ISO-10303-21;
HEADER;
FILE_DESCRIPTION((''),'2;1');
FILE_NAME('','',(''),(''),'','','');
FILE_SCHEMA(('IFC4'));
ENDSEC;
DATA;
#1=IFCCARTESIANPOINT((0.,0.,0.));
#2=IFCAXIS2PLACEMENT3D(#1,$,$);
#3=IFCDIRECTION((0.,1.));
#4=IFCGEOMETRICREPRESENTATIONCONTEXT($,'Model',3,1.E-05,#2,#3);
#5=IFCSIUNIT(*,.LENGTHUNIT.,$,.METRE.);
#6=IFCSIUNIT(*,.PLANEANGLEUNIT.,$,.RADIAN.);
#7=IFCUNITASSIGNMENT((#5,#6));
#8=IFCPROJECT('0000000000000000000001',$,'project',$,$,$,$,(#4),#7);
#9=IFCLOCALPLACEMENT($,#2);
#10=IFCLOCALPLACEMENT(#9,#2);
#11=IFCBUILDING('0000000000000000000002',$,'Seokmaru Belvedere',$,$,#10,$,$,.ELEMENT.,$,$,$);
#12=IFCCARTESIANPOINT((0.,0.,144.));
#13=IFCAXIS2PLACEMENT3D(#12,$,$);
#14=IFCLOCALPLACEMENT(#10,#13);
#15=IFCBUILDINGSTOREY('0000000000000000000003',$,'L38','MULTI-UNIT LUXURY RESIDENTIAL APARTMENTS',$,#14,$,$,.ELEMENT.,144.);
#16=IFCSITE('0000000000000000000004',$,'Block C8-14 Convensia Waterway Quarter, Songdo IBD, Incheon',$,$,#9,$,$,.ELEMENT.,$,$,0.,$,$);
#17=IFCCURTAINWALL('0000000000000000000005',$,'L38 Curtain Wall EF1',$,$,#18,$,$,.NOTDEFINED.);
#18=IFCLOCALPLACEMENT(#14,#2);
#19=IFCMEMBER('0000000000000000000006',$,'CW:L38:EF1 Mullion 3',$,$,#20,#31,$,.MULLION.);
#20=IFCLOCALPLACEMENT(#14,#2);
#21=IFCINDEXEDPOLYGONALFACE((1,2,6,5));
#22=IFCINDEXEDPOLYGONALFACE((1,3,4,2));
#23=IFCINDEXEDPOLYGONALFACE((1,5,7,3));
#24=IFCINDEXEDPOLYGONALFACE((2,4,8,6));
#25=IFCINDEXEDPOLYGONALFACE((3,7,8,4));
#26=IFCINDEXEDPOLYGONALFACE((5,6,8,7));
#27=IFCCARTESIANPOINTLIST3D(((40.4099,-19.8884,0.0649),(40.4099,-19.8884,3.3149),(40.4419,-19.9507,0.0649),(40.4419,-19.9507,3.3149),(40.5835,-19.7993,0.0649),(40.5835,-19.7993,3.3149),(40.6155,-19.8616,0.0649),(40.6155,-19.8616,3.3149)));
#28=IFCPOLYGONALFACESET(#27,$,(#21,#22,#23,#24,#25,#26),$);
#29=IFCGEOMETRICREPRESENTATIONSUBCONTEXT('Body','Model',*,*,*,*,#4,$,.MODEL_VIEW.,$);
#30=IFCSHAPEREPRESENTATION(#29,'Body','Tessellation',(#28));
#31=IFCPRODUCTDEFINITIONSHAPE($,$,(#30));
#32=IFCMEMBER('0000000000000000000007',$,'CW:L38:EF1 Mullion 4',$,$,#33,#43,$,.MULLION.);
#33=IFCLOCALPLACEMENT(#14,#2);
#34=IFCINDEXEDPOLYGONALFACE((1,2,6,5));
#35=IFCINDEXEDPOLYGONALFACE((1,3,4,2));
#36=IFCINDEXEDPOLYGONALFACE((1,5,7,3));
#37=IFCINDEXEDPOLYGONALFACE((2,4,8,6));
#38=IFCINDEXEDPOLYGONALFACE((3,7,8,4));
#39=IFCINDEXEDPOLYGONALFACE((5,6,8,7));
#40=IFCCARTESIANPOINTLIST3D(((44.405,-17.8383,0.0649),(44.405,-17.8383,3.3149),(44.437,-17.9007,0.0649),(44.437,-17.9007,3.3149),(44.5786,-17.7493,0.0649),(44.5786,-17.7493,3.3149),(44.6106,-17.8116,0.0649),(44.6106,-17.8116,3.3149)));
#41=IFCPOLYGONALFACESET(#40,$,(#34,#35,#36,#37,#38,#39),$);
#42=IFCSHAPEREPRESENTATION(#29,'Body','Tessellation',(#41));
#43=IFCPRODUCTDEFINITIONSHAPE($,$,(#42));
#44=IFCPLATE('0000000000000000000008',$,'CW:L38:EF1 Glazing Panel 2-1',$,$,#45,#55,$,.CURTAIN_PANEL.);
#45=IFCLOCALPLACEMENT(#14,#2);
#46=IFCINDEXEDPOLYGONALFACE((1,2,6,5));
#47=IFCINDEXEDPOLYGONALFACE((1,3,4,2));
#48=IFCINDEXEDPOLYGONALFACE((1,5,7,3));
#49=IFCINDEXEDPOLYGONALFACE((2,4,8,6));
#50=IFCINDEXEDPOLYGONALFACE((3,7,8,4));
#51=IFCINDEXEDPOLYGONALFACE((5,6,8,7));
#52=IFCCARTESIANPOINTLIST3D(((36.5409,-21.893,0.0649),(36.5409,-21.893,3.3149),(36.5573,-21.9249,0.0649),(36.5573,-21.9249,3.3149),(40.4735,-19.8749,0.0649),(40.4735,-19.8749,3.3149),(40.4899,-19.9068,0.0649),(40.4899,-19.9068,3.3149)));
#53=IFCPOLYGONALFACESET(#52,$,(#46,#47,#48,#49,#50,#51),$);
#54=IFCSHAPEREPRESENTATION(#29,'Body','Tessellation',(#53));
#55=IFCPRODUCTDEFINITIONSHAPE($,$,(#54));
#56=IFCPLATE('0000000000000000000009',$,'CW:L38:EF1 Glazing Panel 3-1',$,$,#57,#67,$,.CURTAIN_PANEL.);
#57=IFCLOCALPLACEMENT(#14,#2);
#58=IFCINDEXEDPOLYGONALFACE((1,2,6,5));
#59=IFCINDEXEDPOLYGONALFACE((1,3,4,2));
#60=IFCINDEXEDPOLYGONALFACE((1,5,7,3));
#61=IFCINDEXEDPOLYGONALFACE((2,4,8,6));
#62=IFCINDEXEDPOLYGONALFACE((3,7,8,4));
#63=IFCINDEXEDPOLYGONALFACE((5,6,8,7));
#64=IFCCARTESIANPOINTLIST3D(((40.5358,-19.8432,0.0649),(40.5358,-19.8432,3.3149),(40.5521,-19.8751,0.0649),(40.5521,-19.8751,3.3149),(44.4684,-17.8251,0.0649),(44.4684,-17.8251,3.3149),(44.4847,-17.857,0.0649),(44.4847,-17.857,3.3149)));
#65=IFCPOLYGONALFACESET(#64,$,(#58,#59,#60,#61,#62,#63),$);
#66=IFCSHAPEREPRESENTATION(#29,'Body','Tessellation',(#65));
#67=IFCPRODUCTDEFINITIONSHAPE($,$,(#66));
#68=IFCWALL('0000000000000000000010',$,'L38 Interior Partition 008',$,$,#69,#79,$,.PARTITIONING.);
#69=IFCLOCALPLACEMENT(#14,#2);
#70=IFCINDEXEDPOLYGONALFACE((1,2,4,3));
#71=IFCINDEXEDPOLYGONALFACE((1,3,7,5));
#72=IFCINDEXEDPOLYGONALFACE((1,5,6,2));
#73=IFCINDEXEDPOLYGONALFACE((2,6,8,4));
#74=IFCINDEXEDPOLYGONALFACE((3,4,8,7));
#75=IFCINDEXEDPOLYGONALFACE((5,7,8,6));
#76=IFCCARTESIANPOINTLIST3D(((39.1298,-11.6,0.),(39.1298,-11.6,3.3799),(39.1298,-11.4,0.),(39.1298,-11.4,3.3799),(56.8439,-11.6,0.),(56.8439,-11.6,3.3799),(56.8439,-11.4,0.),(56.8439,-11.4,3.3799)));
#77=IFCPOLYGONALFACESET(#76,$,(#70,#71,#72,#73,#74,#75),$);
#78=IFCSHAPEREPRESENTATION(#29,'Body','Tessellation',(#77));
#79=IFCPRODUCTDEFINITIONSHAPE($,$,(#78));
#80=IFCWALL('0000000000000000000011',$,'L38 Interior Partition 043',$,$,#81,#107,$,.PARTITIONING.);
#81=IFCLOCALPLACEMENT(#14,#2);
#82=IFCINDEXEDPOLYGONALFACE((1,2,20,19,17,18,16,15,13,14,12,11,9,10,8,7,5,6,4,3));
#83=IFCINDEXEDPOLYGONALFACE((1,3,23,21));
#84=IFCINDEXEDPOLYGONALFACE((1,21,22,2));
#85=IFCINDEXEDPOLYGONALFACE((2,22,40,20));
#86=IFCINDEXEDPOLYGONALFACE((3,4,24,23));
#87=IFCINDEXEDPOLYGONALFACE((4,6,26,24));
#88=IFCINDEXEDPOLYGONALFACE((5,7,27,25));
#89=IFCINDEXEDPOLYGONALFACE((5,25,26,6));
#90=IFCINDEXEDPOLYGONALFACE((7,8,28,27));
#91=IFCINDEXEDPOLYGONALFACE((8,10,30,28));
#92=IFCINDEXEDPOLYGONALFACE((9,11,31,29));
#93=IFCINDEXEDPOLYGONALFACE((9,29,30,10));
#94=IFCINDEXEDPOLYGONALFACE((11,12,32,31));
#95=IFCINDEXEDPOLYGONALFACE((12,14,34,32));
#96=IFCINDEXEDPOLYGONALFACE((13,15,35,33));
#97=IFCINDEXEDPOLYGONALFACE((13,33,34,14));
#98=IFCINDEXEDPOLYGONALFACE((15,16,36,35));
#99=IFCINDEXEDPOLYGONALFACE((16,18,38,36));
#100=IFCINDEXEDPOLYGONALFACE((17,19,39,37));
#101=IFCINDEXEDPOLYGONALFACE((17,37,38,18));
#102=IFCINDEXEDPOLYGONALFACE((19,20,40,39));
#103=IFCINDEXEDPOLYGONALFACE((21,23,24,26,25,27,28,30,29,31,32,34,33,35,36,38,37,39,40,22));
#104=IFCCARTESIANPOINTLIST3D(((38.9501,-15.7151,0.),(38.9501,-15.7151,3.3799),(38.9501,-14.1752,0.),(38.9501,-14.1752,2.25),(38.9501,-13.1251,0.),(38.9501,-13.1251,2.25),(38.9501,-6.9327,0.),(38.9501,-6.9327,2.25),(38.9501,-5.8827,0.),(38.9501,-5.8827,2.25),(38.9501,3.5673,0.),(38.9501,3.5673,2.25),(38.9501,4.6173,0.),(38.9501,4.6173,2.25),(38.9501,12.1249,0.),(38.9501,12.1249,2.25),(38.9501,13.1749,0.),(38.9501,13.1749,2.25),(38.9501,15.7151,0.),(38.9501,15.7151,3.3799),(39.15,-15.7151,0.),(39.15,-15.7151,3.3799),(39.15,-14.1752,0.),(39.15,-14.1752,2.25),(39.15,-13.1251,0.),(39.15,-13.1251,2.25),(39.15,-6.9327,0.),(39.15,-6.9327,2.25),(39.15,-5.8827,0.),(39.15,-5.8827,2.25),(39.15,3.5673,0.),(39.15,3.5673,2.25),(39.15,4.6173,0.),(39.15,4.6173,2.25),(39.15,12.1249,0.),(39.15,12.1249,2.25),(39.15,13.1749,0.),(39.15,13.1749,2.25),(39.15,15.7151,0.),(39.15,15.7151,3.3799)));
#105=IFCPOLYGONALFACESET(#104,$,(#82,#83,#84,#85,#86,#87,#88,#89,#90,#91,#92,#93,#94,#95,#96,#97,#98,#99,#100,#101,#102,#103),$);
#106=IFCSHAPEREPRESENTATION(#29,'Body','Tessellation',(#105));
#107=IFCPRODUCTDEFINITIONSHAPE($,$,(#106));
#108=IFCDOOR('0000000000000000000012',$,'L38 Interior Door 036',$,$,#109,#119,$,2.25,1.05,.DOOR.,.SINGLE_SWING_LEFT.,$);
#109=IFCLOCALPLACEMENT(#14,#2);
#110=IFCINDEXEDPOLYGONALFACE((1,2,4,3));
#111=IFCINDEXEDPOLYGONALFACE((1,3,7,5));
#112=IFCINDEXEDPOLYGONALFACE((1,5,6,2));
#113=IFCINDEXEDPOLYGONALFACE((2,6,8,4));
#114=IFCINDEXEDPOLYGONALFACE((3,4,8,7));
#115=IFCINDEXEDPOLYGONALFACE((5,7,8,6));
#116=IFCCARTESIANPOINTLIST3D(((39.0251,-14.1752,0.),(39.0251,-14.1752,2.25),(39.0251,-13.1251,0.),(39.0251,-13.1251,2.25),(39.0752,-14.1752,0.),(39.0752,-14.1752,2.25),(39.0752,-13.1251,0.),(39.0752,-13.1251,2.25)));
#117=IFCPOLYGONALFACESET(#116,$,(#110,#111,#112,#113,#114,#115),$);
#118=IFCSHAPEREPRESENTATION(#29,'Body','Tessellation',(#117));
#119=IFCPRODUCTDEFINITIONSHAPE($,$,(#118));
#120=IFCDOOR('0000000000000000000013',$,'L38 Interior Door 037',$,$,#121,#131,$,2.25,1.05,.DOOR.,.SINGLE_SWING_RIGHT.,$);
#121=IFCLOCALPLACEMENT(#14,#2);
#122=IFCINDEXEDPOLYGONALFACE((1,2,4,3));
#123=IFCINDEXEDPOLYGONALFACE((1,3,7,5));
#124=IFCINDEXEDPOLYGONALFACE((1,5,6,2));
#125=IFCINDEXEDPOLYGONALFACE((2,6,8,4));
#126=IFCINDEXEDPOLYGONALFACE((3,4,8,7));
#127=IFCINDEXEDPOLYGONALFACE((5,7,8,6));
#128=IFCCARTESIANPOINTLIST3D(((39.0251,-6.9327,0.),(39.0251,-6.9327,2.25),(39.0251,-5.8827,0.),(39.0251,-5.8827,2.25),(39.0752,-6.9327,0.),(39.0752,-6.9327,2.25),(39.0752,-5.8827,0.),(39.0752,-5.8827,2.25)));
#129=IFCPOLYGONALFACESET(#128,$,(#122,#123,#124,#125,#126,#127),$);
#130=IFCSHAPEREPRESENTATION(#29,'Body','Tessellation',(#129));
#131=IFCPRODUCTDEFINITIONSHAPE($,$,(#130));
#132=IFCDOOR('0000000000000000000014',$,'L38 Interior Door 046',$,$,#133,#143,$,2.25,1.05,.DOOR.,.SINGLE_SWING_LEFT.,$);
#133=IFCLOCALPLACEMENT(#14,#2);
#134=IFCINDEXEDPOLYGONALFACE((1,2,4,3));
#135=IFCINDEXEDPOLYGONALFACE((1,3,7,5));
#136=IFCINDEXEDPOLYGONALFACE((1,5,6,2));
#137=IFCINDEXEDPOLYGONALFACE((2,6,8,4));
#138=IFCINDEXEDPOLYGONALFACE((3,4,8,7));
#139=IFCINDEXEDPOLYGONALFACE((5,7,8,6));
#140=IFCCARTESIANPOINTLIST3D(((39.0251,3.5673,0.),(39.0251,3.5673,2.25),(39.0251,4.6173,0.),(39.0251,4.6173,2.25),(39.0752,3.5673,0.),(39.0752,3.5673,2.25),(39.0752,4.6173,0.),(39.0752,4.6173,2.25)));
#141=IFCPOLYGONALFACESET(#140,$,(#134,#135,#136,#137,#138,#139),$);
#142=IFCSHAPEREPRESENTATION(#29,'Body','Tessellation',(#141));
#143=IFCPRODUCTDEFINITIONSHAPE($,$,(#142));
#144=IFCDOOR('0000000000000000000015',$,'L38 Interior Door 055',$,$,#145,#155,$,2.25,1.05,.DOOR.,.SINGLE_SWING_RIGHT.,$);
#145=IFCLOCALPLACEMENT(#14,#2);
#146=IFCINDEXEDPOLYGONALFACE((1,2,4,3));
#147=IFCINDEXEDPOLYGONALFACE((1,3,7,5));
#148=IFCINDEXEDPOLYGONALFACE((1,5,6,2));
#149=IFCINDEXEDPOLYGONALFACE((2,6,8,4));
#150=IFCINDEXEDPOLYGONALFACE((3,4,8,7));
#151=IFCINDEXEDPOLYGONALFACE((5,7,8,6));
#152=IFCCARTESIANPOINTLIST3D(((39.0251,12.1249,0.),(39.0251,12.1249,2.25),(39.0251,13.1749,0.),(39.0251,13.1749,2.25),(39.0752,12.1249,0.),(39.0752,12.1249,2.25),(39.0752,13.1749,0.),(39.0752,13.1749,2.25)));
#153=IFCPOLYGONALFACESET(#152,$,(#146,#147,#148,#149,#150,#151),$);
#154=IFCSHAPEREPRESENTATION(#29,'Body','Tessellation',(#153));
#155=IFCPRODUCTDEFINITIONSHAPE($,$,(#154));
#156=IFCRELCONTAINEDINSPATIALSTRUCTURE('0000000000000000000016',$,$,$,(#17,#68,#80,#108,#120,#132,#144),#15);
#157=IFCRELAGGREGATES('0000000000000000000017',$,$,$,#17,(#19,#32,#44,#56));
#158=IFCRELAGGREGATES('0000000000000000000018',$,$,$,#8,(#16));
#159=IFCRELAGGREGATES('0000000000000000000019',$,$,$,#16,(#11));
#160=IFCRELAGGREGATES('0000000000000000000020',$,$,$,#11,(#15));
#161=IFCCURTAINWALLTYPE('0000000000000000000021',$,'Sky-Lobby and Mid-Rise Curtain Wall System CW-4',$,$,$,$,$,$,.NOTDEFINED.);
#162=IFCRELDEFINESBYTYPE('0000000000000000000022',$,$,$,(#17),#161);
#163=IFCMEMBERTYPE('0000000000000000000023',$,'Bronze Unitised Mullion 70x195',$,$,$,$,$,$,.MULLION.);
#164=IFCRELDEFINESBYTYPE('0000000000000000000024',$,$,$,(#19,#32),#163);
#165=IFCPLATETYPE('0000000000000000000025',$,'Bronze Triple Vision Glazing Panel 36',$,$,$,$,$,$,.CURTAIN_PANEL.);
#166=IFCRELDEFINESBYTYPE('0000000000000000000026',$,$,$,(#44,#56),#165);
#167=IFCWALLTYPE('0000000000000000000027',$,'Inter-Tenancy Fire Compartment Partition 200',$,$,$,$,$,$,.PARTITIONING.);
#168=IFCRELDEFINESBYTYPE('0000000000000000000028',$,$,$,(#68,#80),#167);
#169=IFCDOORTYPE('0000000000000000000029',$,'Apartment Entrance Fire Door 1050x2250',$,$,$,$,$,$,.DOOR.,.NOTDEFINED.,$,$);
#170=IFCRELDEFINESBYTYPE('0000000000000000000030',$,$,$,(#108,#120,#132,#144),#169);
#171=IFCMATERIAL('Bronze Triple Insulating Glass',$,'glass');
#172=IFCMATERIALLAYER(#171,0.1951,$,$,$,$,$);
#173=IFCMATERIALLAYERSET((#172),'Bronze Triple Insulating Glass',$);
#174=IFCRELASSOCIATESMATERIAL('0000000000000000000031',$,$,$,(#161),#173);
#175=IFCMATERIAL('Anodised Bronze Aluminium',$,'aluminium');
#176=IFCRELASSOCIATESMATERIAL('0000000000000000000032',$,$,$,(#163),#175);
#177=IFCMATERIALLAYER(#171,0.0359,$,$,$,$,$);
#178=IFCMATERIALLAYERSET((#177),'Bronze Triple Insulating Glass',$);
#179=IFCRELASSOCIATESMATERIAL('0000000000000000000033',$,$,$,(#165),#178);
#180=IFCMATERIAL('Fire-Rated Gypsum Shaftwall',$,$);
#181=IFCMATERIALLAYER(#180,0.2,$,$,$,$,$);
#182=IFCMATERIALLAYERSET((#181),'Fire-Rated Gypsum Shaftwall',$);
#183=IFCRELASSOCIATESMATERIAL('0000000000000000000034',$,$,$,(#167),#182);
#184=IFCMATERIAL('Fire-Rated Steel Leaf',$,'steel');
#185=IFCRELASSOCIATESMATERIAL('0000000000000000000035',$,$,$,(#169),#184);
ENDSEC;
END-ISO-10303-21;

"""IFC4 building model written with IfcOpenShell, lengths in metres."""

from ifc_helpers import new_model, si_unit, direction, frame, frame_2d, origin, origin_2d, place, context, subcontext, project, spatial, rectangle, extrude, source, transform, mapped, material, layer, layer_set, material_profile, profile_set, type_object, type_shapes, element, fill, aggregate, save


model = new_model("IFC4")

# Units and contexts
model_context = context("Model", 3, precision=1e-05, world=origin(), true_north=direction((0.0, 1.0)))
body_context = subcontext(model_context, "Body", "Model", "MODEL_VIEW")
ifc_project = project(units=[si_unit("LENGTHUNIT", "METRE"), si_unit("PLANEANGLEUNIT", "RADIAN")], contexts=[model_context])

# Site, building, storey
site_placement = place(None, origin())
site = spatial("IfcSite", under=ifc_project, at=site_placement, Name="Block C8-14 Convensia Waterway Quarter, Songdo IBD, Incheon", CompositionType="ELEMENT", RefElevation=0.0)
building_placement = place(site_placement, origin())
building = spatial("IfcBuilding", under=site, at=building_placement, Name="Seokmaru Belvedere", CompositionType="ELEMENT")
storey_placement = place(building_placement, frame((0.0, 0.0, 144.0)))
storey = spatial("IfcBuildingStorey", under=building, at=storey_placement, Name="L38", Description="MULTI-UNIT LUXURY RESIDENTIAL APARTMENTS", CompositionType="ELEMENT", Elevation=144.0)

# Curtain wall, members, plates
ifc_material_1 = material(Name="Bronze Triple Insulating Glass", Category="glass")
ifc_layer_1 = layer(ifc_material_1, 0.1951)
ifc_layer_set_1 = layer_set([ifc_layer_1], Name="Bronze Triple Insulating Glass")
curtain_wall_type = type_object("IfcCurtainWallType", Name="Sky-Lobby and Mid-Rise Curtain Wall System CW-4", PredefinedType="NOTDEFINED", material=ifc_layer_set_1)
curtain_wall_placement = place(storey_placement, origin())
curtain_wall = element("IfcCurtainWall", 1, at=curtain_wall_placement, inside=storey, type_object=curtain_wall_type, Name="L38 Curtain Wall EF1", PredefinedType="NOTDEFINED")
ifc_material_2 = material(Name="Anodised Bronze Aluminium", Category="aluminium")
ifc_material_profile_1 = material_profile(ifc_material_2, rectangle(XDim=0.0701, YDim=0.1951, at=origin_2d()), Name="CW-M-70x195")
ifc_profile_set_1 = profile_set([ifc_material_profile_1], Name="Anodised Bronze Aluminium")
member_type = type_object("IfcMemberType", Name="Bronze Unitised Mullion 70x195", PredefinedType="MULLION", material=ifc_profile_set_1)
shared_shape_1 = source(origin(), body_context, "Body", "SweptSolid", [
    extrude(rectangle(XDim=0.0701, YDim=0.1951, at=origin_2d()), origin(), (0.0, 0.0, 1.0), 3.25),
])
type_shapes(member_type, [shared_shape_1])
member_1_placement = place(storey_placement, frame((40.5127, -19.875, 0.0649), z_axis=(0.0, 0.0, 1.0), x_axis=(-0.456555, 0.889695, 0.0)))
member_1 = element("IfcMember", 2, at=member_1_placement, type_object=member_type, Name="CW:L38:EF1 Mullion 3", PredefinedType="MULLION", context=body_context, shape_type="MappedRepresentation", body=[
    mapped(shared_shape_1, transform((0.0, 0.0, 0.0), scale=1.0)),
])
member_2_placement = place(storey_placement, frame((44.5078, -17.825, 0.0649), z_axis=(0.0, 0.0, 1.0), x_axis=(-0.456555, 0.889695, 0.0)))
member_2 = element("IfcMember", 3, at=member_2_placement, type_object=member_type, Name="CW:L38:EF1 Mullion 4", PredefinedType="MULLION", context=body_context, shape_type="MappedRepresentation", body=[
    mapped(shared_shape_1, transform((0.0, 0.0, 0.0), scale=1.0)),
])
ifc_layer_2 = layer(ifc_material_1, 0.0359)
ifc_layer_set_2 = layer_set([ifc_layer_2], Name="Bronze Triple Insulating Glass")
plate_type = type_object("IfcPlateType", Name="Bronze Triple Vision Glazing Panel 36", PredefinedType="CURTAIN_PANEL", material=ifc_layer_set_2)
shared_shape_2 = source(origin(), body_context, "Body", "SweptSolid", [
    extrude(rectangle(XDim=4.4202, YDim=0.0359, at=origin_2d()), origin(), (0.0, 0.0, 1.0), 3.25),
])
type_shapes(plate_type, [shared_shape_2])
plate_1_placement = place(storey_placement, frame((38.5154, -20.8999, 0.0649), z_axis=(0.0, 0.0, 1.0), x_axis=(0.889695, 0.456555, 0.0)))
plate_1 = element("IfcPlate", 4, at=plate_1_placement, type_object=plate_type, Name="CW:L38:EF1 Glazing Panel 2-1", PredefinedType="CURTAIN_PANEL", context=body_context, shape_type="MappedRepresentation", body=[
    mapped(shared_shape_2, transform((0.0, 0.0, 0.0), scale=1.0)),
])
plate_2_placement = place(storey_placement, frame((42.5103, -18.8501, 0.0649), z_axis=(0.0, 0.0, 1.0), x_axis=(0.889695, 0.456555, 0.0)))
plate_2 = element("IfcPlate", 5, at=plate_2_placement, type_object=plate_type, Name="CW:L38:EF1 Glazing Panel 3-1", PredefinedType="CURTAIN_PANEL", context=body_context, shape_type="MappedRepresentation", body=[
    mapped(shared_shape_2, transform((0.0, 0.0, 0.0), scale=1.0)),
])
aggregate(curtain_wall, [member_1, member_2, plate_1, plate_2])

# Wall
ifc_material_3 = material(Name="Fire-Rated Gypsum Shaftwall")
ifc_layer_3 = layer(ifc_material_3, 0.2)
ifc_layer_set_3 = layer_set([ifc_layer_3], Name="Fire-Rated Gypsum Shaftwall")
wall_type_1 = type_object("IfcWallType", Name="Inter-Tenancy Fire Compartment Partition 200", PredefinedType="PARTITIONING", material=ifc_layer_set_3)
wall_1_placement = place(storey_placement, frame((39.1299, -11.5, 0.0), z_axis=(0.0, 0.0, 1.0), x_axis=(1.0, 0.0, 0.0)))
element("IfcWall", 6, at=wall_1_placement, inside=storey, type_object=wall_type_1, Name="L38 Interior Partition 008", PredefinedType="PARTITIONING", context=body_context, shape_type="SweptSolid", body=[
    extrude(rectangle(XDim=17.7141, YDim=0.2, at=frame_2d((8.8569, 0.0))), origin(), (0.0, 0.0, 1.0), 3.3799),
])

# Wall, openings, doors
wall_2_placement = place(storey_placement, frame((39.05, -15.7151, 0.0), z_axis=(0.0, 0.0, 1.0), x_axis=(0.0, 1.0, 0.0)))
wall_2 = element("IfcWall", 7, at=wall_2_placement, inside=storey, type_object=wall_type_1, Name="L38 Interior Partition 043", PredefinedType="PARTITIONING", context=body_context, shape_type="SweptSolid", body=[
    extrude(rectangle(XDim=31.4302, YDim=0.2, at=frame_2d((15.7151, 0.0))), origin(), (0.0, 0.0, 1.0), 3.3799),
])
opening_1_placement = place(wall_2_placement, frame((1.54, 0.0, 0.0)))
opening_1 = element("IfcOpeningElement", 8, at=opening_1_placement, cuts=wall_2, PredefinedType="OPENING", context=body_context, shape_type="SweptSolid", body=[
    extrude(rectangle(XDim=1.05, YDim=2.25, at=frame_2d((0.5249, 1.125))), frame((0.0, 0.1099, 0.0), z_axis=(0.0, -1.0, 0.0), x_axis=(1.0, 0.0, 0.0)), (0.0, 0.0, 1.0), 0.22),
])
opening_2_placement = place(wall_2_placement, frame((8.7825, 0.0, 0.0)))
opening_2 = element("IfcOpeningElement", 9, at=opening_2_placement, cuts=wall_2, PredefinedType="OPENING", context=body_context, shape_type="SweptSolid", body=[
    extrude(rectangle(XDim=1.05, YDim=2.25, at=frame_2d((0.5249, 1.125))), frame((0.0, 0.1099, 0.0), z_axis=(0.0, -1.0, 0.0), x_axis=(1.0, 0.0, 0.0)), (0.0, 0.0, 1.0), 0.22),
])
opening_3_placement = place(wall_2_placement, frame((19.2825, 0.0, 0.0)))
opening_3 = element("IfcOpeningElement", 10, at=opening_3_placement, cuts=wall_2, PredefinedType="OPENING", context=body_context, shape_type="SweptSolid", body=[
    extrude(rectangle(XDim=1.05, YDim=2.25, at=frame_2d((0.5249, 1.125))), frame((0.0, 0.1099, 0.0), z_axis=(0.0, -1.0, 0.0), x_axis=(1.0, 0.0, 0.0)), (0.0, 0.0, 1.0), 0.22),
])
opening_4_placement = place(wall_2_placement, frame((27.8401, 0.0, 0.0)))
opening_4 = element("IfcOpeningElement", 11, at=opening_4_placement, cuts=wall_2, PredefinedType="OPENING", context=body_context, shape_type="SweptSolid", body=[
    extrude(rectangle(XDim=1.05, YDim=2.25, at=frame_2d((0.5249, 1.125))), frame((0.0, 0.1099, 0.0), z_axis=(0.0, -1.0, 0.0), x_axis=(1.0, 0.0, 0.0)), (0.0, 0.0, 1.0), 0.22),
])
ifc_material_4 = material(Name="Fire-Rated Steel Leaf", Category="steel")
door_type_1 = type_object("IfcDoorType", Name="Apartment Entrance Fire Door 1050x2250", OperationType="NOTDEFINED", PredefinedType="DOOR", material=ifc_material_4)
shared_shape_3 = source(origin(), body_context, "Body", "SweptSolid", [
    extrude(rectangle(XDim=1.05, YDim=2.25, at=frame_2d((0.5249, 1.125))), frame((0.0, 0.0249, 0.0), z_axis=(0.0, -1.0, 0.0), x_axis=(1.0, 0.0, 0.0)), (0.0, 0.0, 1.0), 0.05),
])
type_shapes(door_type_1, [shared_shape_3])
door_1_placement = place(opening_1_placement, origin())
door_1 = element("IfcDoor", 12, at=door_1_placement, inside=storey, type_object=door_type_1, Name="L38 Interior Door 036", OperationType="SINGLE_SWING_LEFT", OverallHeight=2.25, OverallWidth=1.05, PredefinedType="DOOR", context=body_context, shape_type="MappedRepresentation", body=[
    mapped(shared_shape_3, transform((0.0, 0.0, 0.0), scale=1.0)),
])
fill(opening_1, door_1)
door_2_placement = place(opening_2_placement, origin())
door_2 = element("IfcDoor", 13, at=door_2_placement, inside=storey, type_object=door_type_1, Name="L38 Interior Door 037", OperationType="SINGLE_SWING_RIGHT", OverallHeight=2.25, OverallWidth=1.05, PredefinedType="DOOR", context=body_context, shape_type="MappedRepresentation", body=[
    mapped(shared_shape_3, transform((0.0, 0.0, 0.0), scale=1.0)),
])
fill(opening_2, door_2)
door_3_placement = place(opening_3_placement, origin())
door_3 = element("IfcDoor", 14, at=door_3_placement, inside=storey, type_object=door_type_1, Name="L38 Interior Door 046", OperationType="SINGLE_SWING_LEFT", OverallHeight=2.25, OverallWidth=1.05, PredefinedType="DOOR", context=body_context, shape_type="MappedRepresentation", body=[
    mapped(shared_shape_3, transform((0.0, 0.0, 0.0), scale=1.0)),
])
fill(opening_3, door_3)
door_4_placement = place(opening_4_placement, origin())
door_4 = element("IfcDoor", 15, at=door_4_placement, inside=storey, type_object=door_type_1, Name="L38 Interior Door 055", OperationType="SINGLE_SWING_RIGHT", OverallHeight=2.25, OverallWidth=1.05, PredefinedType="DOOR", context=body_context, shape_type="MappedRepresentation", body=[
    mapped(shared_shape_3, transform((0.0, 0.0, 0.0), scale=1.0)),
])
fill(opening_4, door_4)

save(model, "model.ifc")
